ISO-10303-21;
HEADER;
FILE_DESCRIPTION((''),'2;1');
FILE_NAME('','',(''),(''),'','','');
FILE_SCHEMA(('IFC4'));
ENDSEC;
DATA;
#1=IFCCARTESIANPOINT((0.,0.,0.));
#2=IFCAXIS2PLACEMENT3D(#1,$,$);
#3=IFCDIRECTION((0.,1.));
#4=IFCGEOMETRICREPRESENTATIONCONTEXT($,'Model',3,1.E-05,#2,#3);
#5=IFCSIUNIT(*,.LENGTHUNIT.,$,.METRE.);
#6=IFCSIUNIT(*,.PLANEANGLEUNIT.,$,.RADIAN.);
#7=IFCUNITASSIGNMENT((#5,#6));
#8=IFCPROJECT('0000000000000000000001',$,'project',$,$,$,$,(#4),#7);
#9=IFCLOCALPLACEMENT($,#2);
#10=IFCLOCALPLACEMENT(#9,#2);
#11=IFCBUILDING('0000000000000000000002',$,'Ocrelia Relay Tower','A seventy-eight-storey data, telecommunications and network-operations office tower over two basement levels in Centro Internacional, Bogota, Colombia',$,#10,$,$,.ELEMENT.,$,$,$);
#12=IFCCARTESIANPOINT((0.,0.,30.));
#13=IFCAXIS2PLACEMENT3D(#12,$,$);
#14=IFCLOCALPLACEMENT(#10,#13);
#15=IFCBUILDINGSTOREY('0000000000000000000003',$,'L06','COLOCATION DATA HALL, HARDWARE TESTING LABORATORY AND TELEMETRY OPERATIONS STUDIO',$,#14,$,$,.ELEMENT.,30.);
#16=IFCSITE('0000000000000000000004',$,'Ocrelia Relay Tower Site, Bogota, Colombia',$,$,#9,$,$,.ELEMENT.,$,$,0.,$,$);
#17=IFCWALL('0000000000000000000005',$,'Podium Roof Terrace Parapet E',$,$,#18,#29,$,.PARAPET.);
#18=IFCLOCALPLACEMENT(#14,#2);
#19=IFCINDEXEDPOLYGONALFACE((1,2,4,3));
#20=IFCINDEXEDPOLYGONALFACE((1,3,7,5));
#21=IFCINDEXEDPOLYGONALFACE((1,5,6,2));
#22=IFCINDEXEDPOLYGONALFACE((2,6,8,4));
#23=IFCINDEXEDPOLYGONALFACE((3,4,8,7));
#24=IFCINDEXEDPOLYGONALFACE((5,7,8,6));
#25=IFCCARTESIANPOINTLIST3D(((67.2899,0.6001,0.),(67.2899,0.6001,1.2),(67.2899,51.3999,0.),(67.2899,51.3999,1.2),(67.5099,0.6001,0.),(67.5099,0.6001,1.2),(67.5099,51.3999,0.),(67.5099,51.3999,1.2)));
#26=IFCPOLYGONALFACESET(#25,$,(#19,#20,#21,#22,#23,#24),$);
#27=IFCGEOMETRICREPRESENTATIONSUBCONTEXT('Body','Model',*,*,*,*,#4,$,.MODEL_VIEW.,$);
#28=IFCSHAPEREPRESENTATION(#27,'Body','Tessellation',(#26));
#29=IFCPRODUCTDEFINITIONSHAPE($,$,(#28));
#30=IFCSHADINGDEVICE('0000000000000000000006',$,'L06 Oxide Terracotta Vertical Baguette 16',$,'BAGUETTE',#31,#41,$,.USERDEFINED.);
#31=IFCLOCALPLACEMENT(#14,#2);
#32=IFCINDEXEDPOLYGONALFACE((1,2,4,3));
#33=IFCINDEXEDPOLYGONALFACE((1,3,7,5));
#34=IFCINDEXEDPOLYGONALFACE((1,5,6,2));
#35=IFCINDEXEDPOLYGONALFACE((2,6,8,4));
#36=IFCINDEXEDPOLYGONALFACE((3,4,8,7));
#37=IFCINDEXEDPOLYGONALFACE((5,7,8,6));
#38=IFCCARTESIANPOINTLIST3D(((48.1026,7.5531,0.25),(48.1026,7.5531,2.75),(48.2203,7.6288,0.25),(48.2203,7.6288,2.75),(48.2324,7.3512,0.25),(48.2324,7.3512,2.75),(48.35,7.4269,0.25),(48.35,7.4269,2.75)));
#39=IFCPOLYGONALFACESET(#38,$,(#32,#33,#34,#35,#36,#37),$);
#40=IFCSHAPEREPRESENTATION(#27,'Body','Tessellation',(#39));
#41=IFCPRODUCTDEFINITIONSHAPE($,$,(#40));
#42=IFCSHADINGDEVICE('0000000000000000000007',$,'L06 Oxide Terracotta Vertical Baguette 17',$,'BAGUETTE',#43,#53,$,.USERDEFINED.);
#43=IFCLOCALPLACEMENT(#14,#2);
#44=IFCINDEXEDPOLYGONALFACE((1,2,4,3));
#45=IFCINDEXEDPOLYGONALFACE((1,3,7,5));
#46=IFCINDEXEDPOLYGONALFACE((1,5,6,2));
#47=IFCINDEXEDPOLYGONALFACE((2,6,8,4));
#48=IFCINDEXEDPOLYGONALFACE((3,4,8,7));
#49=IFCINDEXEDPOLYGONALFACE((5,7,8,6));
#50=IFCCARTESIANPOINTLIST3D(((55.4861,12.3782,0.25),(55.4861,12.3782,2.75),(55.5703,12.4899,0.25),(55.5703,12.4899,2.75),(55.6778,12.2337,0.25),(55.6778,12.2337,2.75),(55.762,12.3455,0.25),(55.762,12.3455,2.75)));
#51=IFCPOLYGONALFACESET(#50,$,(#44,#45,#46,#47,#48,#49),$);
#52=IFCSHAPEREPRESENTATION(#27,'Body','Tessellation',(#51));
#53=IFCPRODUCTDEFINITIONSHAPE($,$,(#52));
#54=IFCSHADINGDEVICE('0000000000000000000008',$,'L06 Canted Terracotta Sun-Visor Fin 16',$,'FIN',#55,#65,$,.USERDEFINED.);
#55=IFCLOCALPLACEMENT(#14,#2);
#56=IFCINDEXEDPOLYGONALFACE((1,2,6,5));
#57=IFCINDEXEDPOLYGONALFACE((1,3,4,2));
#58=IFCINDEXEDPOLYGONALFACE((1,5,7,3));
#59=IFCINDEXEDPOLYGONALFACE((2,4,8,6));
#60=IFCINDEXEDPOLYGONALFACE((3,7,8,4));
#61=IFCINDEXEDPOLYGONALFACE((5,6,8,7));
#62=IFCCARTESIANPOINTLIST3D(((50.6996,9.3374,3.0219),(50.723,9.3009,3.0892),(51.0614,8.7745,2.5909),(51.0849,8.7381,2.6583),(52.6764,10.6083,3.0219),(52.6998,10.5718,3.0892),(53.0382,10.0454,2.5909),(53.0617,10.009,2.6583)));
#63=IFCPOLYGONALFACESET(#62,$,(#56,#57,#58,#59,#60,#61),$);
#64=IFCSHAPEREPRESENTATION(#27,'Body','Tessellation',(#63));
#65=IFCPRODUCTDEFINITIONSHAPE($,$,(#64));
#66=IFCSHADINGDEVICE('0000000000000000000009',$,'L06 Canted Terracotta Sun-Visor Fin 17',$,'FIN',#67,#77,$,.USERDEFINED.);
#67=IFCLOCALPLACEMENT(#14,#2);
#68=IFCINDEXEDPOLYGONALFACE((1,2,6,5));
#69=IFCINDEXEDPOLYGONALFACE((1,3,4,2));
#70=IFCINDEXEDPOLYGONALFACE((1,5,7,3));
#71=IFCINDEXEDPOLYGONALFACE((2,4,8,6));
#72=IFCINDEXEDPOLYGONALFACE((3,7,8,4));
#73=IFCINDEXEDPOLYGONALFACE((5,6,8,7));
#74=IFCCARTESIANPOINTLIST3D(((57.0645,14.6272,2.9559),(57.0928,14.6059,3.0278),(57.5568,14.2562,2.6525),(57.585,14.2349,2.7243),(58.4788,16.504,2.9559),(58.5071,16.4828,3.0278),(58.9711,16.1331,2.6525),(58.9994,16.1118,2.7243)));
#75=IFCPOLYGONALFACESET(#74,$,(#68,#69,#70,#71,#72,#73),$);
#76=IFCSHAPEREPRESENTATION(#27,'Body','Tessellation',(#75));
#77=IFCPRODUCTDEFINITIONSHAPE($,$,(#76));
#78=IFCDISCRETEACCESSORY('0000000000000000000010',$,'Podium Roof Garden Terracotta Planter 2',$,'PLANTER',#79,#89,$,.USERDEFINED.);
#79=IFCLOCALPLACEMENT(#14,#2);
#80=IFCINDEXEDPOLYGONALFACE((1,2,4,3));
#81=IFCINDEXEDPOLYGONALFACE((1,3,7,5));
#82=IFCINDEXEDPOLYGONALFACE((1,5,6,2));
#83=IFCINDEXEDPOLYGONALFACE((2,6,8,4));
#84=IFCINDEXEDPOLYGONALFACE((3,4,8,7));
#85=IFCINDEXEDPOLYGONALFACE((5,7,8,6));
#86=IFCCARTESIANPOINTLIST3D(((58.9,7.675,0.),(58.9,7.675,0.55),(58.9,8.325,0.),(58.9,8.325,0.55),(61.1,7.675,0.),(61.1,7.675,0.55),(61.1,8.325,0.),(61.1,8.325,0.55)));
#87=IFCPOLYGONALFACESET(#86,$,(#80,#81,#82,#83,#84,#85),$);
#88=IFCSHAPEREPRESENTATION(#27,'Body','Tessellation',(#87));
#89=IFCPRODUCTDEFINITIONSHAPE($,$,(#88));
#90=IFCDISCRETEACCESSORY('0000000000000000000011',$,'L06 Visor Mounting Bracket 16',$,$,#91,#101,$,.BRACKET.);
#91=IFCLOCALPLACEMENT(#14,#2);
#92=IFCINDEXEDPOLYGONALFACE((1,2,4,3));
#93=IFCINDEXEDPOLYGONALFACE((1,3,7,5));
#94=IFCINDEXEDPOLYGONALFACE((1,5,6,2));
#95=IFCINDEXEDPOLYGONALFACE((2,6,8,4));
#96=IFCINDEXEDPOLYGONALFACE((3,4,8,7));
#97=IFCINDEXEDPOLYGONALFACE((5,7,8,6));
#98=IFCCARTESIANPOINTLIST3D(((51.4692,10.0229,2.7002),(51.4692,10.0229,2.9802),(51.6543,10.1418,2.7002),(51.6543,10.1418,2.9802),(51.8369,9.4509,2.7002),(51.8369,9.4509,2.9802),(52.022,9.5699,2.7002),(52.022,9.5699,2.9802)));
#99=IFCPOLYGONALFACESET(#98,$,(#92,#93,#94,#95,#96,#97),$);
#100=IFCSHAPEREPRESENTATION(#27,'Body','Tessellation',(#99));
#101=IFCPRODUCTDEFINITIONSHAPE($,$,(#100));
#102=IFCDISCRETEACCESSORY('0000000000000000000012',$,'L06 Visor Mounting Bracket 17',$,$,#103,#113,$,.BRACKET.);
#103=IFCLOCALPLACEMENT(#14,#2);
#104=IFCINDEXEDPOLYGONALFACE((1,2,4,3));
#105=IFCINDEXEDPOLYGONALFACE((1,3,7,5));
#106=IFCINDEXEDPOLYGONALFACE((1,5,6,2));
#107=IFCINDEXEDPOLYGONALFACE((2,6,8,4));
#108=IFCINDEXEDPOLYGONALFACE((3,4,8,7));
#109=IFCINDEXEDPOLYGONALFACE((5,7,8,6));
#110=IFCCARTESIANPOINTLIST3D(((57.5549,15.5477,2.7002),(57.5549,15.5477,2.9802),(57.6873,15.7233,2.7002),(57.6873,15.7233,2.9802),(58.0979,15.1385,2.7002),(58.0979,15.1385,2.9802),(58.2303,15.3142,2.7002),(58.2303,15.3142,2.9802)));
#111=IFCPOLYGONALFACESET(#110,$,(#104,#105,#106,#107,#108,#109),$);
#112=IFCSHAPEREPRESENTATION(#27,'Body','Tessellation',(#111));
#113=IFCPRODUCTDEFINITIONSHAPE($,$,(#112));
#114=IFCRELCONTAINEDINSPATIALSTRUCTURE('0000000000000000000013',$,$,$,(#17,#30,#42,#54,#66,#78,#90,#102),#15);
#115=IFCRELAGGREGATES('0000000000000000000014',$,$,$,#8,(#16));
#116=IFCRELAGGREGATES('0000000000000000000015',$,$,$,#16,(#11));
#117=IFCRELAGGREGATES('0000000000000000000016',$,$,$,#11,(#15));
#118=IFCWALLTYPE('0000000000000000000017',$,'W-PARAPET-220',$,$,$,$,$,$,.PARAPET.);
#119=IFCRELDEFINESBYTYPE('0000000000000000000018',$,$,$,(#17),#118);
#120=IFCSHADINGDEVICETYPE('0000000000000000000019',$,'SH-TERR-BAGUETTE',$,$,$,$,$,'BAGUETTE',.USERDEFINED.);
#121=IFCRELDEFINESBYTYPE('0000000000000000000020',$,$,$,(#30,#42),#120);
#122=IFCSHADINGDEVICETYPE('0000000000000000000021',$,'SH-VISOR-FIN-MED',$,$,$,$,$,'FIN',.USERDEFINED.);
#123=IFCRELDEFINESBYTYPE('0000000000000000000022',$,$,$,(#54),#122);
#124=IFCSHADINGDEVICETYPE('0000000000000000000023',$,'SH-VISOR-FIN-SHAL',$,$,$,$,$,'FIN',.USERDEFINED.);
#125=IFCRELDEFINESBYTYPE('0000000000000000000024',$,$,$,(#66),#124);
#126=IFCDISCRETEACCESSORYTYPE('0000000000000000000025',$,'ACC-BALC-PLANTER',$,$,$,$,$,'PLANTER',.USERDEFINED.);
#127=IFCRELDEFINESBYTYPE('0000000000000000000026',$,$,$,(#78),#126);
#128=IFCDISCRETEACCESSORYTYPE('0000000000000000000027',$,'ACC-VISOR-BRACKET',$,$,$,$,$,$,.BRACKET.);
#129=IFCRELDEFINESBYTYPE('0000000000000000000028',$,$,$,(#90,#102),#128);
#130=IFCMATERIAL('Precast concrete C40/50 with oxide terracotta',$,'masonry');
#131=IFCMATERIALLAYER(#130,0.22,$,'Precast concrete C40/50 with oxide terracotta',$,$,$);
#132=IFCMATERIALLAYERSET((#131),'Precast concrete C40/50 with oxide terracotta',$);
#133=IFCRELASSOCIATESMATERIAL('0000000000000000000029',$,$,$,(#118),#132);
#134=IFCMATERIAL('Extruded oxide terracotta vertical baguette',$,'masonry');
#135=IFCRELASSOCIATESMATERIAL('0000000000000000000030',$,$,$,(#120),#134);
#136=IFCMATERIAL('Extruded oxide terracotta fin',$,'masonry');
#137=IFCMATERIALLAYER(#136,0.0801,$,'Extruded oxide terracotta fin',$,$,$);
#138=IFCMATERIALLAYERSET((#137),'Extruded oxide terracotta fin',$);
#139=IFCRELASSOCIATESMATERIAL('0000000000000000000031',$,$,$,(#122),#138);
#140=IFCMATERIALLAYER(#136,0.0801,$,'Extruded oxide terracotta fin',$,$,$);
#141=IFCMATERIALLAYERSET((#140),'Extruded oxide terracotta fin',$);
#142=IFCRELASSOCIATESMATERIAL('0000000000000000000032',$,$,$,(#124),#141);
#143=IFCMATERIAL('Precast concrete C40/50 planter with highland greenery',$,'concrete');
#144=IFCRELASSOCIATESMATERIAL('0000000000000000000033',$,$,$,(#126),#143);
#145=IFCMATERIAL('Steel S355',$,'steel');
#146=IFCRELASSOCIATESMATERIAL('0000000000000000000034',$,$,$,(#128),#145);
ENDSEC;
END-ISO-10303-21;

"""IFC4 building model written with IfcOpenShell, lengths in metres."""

from ifc_helpers import new_model, si_unit, direction, frame, frame_2d, origin, origin_2d, place, context, subcontext, project, spatial, rectangle, extrude, material, layer, layer_set, type_object, element, save


model = new_model("IFC4")

# Units and contexts
model_context = context("Model", 3, precision=1e-05, world=origin(), true_north=direction((0.0, 1.0)))
body_context = subcontext(model_context, "Body", "Model", "MODEL_VIEW")
ifc_project = project(units=[si_unit("LENGTHUNIT", "METRE"), si_unit("PLANEANGLEUNIT", "RADIAN")], contexts=[model_context])

# Site, building, storey
site_placement = place(None, origin())
site = spatial("IfcSite", under=ifc_project, at=site_placement, Name="Ocrelia Relay Tower Site, Bogota, Colombia", CompositionType="ELEMENT", RefElevation=0.0)
building_placement = place(site_placement, origin())
building = spatial("IfcBuilding", under=site, at=building_placement, Name="Ocrelia Relay Tower", Description="A seventy-eight-storey data, telecommunications and network-operations office tower over two basement levels in Centro Internacional, Bogota, Colombia", CompositionType="ELEMENT")
storey_placement = place(building_placement, frame((0.0, 0.0, 30.0)))
storey = spatial("IfcBuildingStorey", under=building, at=storey_placement, Name="L06", Description="COLOCATION DATA HALL, HARDWARE TESTING LABORATORY AND TELEMETRY OPERATIONS STUDIO", CompositionType="ELEMENT", Elevation=30.0)

# Shared definitions
ifc_material_1 = material(Name="Steel S355", Category="steel")

# Shared definitions
ifc_material_2 = material(Name="Precast concrete C40/50 with oxide terracotta", Category="masonry")

# Wall
ifc_layer_1 = layer(ifc_material_2, 0.22, Name="Precast concrete C40/50 with oxide terracotta")
ifc_layer_set_1 = layer_set([ifc_layer_1], Name="Precast concrete C40/50 with oxide terracotta")
wall_type_1 = type_object("IfcWallType", Name="W-PARAPET-220", PredefinedType="PARAPET", material=ifc_layer_set_1)
wall_1_placement = place(storey_placement, frame((67.3999, 0.6001, 0.0), z_axis=(0.0, 0.0, 1.0), x_axis=(0.0, 1.0, 0.0)))
element("IfcWall", 1, at=wall_1_placement, inside=storey, type_object=wall_type_1, Name="Podium Roof Terrace Parapet E", PredefinedType="PARAPET", context=body_context, shape_type="SweptSolid", body=[
    extrude(rectangle(XDim=50.7998, YDim=0.22, at=frame_2d((25.3999, 0.0))), origin(), (0.0, 0.0, 1.0), 1.2),
])

# Shading devices
ifc_material_3 = material(Name="Extruded oxide terracotta vertical baguette", Category="masonry")
shading_device_type_1 = type_object("IfcShadingDeviceType", Name="SH-TERR-BAGUETTE", ElementType="BAGUETTE", PredefinedType="USERDEFINED", material=ifc_material_3)
for number, where, z_axis, x_axis, name in (
    (2, (48.2263, 7.49, 0.25), (0.0, 0.0, 1.0), (0.841161, 0.540784, 0.0), "L06 Oxide Terracotta Vertical Baguette 16"),
    (3, (55.624, 12.3618, 0.25), (0.0, 0.0, 1.0), (0.60181, 0.79864, 0.0), "L06 Oxide Terracotta Vertical Baguette 17"),
):
    element("IfcShadingDevice", number, at=place(storey_placement, frame(where, z_axis=z_axis, x_axis=x_axis)), inside=storey, type_object=shading_device_type_1, Name=name, ObjectType="BAGUETTE", PredefinedType="USERDEFINED", context=body_context, shape_type="SweptSolid", body=[
        extrude(rectangle(XDim=0.1399, YDim=0.24, at=origin_2d()), origin(), (0.0, 0.0, 1.0), 2.5),
    ])
ifc_material_4 = material(Name="Extruded oxide terracotta fin", Category="masonry")
ifc_layer_2 = layer(ifc_material_4, 0.0801, Name="Extruded oxide terracotta fin")
ifc_layer_set_2 = layer_set([ifc_layer_2], Name="Extruded oxide terracotta fin")
shading_device_type_2 = type_object("IfcShadingDeviceType", Name="SH-VISOR-FIN-MED", ElementType="FIN", PredefinedType="USERDEFINED", material=ifc_layer_set_2)
shading_device_1_placement = place(storey_placement, frame((51.8689, 9.6914, 2.8064), z_axis=(0.292788, -0.455417, 0.840756), x_axis=(0.841161, 0.540784, 0.0)))
element("IfcShadingDevice", 4, at=shading_device_1_placement, inside=storey, type_object=shading_device_type_2, Name="L06 Canted Terracotta Sun-Visor Fin 16", ObjectType="FIN", PredefinedType="USERDEFINED", context=body_context, shape_type="SweptSolid", body=[
    extrude(rectangle(XDim=2.3501, YDim=0.7959, at=origin_2d()), origin(), (0.0, 0.0, 1.0), 0.0801),
])
ifc_layer_3 = layer(ifc_material_4, 0.0801, Name="Extruded oxide terracotta fin")
ifc_layer_set_3 = layer_set([ifc_layer_3], Name="Extruded oxide terracotta fin")
shading_device_type_3 = type_object("IfcShadingDeviceType", Name="SH-VISOR-FIN-SHAL", ElementType="FIN", PredefinedType="USERDEFINED", material=ifc_layer_set_3)
shading_device_2_placement = place(storey_placement, frame((58.0178, 15.3801, 2.8042), z_axis=(0.352729, -0.265797, 0.897181), x_axis=(0.60181, 0.79864, 0.0)))
element("IfcShadingDevice", 5, at=shading_device_2_placement, inside=storey, type_object=shading_device_type_3, Name="L06 Canted Terracotta Sun-Visor Fin 17", ObjectType="FIN", PredefinedType="USERDEFINED", context=body_context, shape_type="SweptSolid", body=[
    extrude(rectangle(XDim=2.3501, YDim=0.687, at=origin_2d()), origin(), (0.0, 0.0, 1.0), 0.0801),
])

# Discrete accessories
ifc_material_5 = material(Name="Precast concrete C40/50 planter with highland greenery", Category="concrete")
discrete_accessory_type_1 = type_object("IfcDiscreteAccessoryType", Name="ACC-BALC-PLANTER", ElementType="PLANTER", PredefinedType="USERDEFINED", material=ifc_material_5)
discrete_accessory_placement = place(storey_placement, frame((60.0, 8.0, 0.0), z_axis=(0.0, 0.0, 1.0), x_axis=(1.0, 0.0, 0.0)))
element("IfcDiscreteAccessory", 6, at=discrete_accessory_placement, inside=storey, type_object=discrete_accessory_type_1, Name="Podium Roof Garden Terracotta Planter 2", ObjectType="PLANTER", PredefinedType="USERDEFINED", context=body_context, shape_type="SweptSolid", body=[
    extrude(rectangle(XDim=2.2, YDim=0.6499, at=origin_2d()), origin(), (0.0, 0.0, 1.0), 0.55),
])
discrete_accessory_type_2 = type_object("IfcDiscreteAccessoryType", Name="ACC-VISOR-BRACKET", PredefinedType="BRACKET", material=ifc_material_1)
for number, where, z_axis, x_axis, name in (
    (7, (51.7456, 9.7964, 2.7002), (0.0, 0.0, 1.0), (0.841161, 0.540784, 0.0), "L06 Visor Mounting Bracket 16"),
    (8, (57.8926, 15.4309, 2.7002), (0.0, 0.0, 1.0), (0.60181, 0.79864, 0.0), "L06 Visor Mounting Bracket 17"),
):
    element("IfcDiscreteAccessory", number, at=place(storey_placement, frame(where, z_axis=z_axis, x_axis=x_axis)), inside=storey, type_object=discrete_accessory_type_2, Name=name, PredefinedType="BRACKET", context=body_context, shape_type="SweptSolid", body=[
        extrude(rectangle(XDim=0.22, YDim=0.6799, at=origin_2d()), origin(), (0.0, 0.0, 1.0), 0.28),
    ])

save(model, "model.ifc")
